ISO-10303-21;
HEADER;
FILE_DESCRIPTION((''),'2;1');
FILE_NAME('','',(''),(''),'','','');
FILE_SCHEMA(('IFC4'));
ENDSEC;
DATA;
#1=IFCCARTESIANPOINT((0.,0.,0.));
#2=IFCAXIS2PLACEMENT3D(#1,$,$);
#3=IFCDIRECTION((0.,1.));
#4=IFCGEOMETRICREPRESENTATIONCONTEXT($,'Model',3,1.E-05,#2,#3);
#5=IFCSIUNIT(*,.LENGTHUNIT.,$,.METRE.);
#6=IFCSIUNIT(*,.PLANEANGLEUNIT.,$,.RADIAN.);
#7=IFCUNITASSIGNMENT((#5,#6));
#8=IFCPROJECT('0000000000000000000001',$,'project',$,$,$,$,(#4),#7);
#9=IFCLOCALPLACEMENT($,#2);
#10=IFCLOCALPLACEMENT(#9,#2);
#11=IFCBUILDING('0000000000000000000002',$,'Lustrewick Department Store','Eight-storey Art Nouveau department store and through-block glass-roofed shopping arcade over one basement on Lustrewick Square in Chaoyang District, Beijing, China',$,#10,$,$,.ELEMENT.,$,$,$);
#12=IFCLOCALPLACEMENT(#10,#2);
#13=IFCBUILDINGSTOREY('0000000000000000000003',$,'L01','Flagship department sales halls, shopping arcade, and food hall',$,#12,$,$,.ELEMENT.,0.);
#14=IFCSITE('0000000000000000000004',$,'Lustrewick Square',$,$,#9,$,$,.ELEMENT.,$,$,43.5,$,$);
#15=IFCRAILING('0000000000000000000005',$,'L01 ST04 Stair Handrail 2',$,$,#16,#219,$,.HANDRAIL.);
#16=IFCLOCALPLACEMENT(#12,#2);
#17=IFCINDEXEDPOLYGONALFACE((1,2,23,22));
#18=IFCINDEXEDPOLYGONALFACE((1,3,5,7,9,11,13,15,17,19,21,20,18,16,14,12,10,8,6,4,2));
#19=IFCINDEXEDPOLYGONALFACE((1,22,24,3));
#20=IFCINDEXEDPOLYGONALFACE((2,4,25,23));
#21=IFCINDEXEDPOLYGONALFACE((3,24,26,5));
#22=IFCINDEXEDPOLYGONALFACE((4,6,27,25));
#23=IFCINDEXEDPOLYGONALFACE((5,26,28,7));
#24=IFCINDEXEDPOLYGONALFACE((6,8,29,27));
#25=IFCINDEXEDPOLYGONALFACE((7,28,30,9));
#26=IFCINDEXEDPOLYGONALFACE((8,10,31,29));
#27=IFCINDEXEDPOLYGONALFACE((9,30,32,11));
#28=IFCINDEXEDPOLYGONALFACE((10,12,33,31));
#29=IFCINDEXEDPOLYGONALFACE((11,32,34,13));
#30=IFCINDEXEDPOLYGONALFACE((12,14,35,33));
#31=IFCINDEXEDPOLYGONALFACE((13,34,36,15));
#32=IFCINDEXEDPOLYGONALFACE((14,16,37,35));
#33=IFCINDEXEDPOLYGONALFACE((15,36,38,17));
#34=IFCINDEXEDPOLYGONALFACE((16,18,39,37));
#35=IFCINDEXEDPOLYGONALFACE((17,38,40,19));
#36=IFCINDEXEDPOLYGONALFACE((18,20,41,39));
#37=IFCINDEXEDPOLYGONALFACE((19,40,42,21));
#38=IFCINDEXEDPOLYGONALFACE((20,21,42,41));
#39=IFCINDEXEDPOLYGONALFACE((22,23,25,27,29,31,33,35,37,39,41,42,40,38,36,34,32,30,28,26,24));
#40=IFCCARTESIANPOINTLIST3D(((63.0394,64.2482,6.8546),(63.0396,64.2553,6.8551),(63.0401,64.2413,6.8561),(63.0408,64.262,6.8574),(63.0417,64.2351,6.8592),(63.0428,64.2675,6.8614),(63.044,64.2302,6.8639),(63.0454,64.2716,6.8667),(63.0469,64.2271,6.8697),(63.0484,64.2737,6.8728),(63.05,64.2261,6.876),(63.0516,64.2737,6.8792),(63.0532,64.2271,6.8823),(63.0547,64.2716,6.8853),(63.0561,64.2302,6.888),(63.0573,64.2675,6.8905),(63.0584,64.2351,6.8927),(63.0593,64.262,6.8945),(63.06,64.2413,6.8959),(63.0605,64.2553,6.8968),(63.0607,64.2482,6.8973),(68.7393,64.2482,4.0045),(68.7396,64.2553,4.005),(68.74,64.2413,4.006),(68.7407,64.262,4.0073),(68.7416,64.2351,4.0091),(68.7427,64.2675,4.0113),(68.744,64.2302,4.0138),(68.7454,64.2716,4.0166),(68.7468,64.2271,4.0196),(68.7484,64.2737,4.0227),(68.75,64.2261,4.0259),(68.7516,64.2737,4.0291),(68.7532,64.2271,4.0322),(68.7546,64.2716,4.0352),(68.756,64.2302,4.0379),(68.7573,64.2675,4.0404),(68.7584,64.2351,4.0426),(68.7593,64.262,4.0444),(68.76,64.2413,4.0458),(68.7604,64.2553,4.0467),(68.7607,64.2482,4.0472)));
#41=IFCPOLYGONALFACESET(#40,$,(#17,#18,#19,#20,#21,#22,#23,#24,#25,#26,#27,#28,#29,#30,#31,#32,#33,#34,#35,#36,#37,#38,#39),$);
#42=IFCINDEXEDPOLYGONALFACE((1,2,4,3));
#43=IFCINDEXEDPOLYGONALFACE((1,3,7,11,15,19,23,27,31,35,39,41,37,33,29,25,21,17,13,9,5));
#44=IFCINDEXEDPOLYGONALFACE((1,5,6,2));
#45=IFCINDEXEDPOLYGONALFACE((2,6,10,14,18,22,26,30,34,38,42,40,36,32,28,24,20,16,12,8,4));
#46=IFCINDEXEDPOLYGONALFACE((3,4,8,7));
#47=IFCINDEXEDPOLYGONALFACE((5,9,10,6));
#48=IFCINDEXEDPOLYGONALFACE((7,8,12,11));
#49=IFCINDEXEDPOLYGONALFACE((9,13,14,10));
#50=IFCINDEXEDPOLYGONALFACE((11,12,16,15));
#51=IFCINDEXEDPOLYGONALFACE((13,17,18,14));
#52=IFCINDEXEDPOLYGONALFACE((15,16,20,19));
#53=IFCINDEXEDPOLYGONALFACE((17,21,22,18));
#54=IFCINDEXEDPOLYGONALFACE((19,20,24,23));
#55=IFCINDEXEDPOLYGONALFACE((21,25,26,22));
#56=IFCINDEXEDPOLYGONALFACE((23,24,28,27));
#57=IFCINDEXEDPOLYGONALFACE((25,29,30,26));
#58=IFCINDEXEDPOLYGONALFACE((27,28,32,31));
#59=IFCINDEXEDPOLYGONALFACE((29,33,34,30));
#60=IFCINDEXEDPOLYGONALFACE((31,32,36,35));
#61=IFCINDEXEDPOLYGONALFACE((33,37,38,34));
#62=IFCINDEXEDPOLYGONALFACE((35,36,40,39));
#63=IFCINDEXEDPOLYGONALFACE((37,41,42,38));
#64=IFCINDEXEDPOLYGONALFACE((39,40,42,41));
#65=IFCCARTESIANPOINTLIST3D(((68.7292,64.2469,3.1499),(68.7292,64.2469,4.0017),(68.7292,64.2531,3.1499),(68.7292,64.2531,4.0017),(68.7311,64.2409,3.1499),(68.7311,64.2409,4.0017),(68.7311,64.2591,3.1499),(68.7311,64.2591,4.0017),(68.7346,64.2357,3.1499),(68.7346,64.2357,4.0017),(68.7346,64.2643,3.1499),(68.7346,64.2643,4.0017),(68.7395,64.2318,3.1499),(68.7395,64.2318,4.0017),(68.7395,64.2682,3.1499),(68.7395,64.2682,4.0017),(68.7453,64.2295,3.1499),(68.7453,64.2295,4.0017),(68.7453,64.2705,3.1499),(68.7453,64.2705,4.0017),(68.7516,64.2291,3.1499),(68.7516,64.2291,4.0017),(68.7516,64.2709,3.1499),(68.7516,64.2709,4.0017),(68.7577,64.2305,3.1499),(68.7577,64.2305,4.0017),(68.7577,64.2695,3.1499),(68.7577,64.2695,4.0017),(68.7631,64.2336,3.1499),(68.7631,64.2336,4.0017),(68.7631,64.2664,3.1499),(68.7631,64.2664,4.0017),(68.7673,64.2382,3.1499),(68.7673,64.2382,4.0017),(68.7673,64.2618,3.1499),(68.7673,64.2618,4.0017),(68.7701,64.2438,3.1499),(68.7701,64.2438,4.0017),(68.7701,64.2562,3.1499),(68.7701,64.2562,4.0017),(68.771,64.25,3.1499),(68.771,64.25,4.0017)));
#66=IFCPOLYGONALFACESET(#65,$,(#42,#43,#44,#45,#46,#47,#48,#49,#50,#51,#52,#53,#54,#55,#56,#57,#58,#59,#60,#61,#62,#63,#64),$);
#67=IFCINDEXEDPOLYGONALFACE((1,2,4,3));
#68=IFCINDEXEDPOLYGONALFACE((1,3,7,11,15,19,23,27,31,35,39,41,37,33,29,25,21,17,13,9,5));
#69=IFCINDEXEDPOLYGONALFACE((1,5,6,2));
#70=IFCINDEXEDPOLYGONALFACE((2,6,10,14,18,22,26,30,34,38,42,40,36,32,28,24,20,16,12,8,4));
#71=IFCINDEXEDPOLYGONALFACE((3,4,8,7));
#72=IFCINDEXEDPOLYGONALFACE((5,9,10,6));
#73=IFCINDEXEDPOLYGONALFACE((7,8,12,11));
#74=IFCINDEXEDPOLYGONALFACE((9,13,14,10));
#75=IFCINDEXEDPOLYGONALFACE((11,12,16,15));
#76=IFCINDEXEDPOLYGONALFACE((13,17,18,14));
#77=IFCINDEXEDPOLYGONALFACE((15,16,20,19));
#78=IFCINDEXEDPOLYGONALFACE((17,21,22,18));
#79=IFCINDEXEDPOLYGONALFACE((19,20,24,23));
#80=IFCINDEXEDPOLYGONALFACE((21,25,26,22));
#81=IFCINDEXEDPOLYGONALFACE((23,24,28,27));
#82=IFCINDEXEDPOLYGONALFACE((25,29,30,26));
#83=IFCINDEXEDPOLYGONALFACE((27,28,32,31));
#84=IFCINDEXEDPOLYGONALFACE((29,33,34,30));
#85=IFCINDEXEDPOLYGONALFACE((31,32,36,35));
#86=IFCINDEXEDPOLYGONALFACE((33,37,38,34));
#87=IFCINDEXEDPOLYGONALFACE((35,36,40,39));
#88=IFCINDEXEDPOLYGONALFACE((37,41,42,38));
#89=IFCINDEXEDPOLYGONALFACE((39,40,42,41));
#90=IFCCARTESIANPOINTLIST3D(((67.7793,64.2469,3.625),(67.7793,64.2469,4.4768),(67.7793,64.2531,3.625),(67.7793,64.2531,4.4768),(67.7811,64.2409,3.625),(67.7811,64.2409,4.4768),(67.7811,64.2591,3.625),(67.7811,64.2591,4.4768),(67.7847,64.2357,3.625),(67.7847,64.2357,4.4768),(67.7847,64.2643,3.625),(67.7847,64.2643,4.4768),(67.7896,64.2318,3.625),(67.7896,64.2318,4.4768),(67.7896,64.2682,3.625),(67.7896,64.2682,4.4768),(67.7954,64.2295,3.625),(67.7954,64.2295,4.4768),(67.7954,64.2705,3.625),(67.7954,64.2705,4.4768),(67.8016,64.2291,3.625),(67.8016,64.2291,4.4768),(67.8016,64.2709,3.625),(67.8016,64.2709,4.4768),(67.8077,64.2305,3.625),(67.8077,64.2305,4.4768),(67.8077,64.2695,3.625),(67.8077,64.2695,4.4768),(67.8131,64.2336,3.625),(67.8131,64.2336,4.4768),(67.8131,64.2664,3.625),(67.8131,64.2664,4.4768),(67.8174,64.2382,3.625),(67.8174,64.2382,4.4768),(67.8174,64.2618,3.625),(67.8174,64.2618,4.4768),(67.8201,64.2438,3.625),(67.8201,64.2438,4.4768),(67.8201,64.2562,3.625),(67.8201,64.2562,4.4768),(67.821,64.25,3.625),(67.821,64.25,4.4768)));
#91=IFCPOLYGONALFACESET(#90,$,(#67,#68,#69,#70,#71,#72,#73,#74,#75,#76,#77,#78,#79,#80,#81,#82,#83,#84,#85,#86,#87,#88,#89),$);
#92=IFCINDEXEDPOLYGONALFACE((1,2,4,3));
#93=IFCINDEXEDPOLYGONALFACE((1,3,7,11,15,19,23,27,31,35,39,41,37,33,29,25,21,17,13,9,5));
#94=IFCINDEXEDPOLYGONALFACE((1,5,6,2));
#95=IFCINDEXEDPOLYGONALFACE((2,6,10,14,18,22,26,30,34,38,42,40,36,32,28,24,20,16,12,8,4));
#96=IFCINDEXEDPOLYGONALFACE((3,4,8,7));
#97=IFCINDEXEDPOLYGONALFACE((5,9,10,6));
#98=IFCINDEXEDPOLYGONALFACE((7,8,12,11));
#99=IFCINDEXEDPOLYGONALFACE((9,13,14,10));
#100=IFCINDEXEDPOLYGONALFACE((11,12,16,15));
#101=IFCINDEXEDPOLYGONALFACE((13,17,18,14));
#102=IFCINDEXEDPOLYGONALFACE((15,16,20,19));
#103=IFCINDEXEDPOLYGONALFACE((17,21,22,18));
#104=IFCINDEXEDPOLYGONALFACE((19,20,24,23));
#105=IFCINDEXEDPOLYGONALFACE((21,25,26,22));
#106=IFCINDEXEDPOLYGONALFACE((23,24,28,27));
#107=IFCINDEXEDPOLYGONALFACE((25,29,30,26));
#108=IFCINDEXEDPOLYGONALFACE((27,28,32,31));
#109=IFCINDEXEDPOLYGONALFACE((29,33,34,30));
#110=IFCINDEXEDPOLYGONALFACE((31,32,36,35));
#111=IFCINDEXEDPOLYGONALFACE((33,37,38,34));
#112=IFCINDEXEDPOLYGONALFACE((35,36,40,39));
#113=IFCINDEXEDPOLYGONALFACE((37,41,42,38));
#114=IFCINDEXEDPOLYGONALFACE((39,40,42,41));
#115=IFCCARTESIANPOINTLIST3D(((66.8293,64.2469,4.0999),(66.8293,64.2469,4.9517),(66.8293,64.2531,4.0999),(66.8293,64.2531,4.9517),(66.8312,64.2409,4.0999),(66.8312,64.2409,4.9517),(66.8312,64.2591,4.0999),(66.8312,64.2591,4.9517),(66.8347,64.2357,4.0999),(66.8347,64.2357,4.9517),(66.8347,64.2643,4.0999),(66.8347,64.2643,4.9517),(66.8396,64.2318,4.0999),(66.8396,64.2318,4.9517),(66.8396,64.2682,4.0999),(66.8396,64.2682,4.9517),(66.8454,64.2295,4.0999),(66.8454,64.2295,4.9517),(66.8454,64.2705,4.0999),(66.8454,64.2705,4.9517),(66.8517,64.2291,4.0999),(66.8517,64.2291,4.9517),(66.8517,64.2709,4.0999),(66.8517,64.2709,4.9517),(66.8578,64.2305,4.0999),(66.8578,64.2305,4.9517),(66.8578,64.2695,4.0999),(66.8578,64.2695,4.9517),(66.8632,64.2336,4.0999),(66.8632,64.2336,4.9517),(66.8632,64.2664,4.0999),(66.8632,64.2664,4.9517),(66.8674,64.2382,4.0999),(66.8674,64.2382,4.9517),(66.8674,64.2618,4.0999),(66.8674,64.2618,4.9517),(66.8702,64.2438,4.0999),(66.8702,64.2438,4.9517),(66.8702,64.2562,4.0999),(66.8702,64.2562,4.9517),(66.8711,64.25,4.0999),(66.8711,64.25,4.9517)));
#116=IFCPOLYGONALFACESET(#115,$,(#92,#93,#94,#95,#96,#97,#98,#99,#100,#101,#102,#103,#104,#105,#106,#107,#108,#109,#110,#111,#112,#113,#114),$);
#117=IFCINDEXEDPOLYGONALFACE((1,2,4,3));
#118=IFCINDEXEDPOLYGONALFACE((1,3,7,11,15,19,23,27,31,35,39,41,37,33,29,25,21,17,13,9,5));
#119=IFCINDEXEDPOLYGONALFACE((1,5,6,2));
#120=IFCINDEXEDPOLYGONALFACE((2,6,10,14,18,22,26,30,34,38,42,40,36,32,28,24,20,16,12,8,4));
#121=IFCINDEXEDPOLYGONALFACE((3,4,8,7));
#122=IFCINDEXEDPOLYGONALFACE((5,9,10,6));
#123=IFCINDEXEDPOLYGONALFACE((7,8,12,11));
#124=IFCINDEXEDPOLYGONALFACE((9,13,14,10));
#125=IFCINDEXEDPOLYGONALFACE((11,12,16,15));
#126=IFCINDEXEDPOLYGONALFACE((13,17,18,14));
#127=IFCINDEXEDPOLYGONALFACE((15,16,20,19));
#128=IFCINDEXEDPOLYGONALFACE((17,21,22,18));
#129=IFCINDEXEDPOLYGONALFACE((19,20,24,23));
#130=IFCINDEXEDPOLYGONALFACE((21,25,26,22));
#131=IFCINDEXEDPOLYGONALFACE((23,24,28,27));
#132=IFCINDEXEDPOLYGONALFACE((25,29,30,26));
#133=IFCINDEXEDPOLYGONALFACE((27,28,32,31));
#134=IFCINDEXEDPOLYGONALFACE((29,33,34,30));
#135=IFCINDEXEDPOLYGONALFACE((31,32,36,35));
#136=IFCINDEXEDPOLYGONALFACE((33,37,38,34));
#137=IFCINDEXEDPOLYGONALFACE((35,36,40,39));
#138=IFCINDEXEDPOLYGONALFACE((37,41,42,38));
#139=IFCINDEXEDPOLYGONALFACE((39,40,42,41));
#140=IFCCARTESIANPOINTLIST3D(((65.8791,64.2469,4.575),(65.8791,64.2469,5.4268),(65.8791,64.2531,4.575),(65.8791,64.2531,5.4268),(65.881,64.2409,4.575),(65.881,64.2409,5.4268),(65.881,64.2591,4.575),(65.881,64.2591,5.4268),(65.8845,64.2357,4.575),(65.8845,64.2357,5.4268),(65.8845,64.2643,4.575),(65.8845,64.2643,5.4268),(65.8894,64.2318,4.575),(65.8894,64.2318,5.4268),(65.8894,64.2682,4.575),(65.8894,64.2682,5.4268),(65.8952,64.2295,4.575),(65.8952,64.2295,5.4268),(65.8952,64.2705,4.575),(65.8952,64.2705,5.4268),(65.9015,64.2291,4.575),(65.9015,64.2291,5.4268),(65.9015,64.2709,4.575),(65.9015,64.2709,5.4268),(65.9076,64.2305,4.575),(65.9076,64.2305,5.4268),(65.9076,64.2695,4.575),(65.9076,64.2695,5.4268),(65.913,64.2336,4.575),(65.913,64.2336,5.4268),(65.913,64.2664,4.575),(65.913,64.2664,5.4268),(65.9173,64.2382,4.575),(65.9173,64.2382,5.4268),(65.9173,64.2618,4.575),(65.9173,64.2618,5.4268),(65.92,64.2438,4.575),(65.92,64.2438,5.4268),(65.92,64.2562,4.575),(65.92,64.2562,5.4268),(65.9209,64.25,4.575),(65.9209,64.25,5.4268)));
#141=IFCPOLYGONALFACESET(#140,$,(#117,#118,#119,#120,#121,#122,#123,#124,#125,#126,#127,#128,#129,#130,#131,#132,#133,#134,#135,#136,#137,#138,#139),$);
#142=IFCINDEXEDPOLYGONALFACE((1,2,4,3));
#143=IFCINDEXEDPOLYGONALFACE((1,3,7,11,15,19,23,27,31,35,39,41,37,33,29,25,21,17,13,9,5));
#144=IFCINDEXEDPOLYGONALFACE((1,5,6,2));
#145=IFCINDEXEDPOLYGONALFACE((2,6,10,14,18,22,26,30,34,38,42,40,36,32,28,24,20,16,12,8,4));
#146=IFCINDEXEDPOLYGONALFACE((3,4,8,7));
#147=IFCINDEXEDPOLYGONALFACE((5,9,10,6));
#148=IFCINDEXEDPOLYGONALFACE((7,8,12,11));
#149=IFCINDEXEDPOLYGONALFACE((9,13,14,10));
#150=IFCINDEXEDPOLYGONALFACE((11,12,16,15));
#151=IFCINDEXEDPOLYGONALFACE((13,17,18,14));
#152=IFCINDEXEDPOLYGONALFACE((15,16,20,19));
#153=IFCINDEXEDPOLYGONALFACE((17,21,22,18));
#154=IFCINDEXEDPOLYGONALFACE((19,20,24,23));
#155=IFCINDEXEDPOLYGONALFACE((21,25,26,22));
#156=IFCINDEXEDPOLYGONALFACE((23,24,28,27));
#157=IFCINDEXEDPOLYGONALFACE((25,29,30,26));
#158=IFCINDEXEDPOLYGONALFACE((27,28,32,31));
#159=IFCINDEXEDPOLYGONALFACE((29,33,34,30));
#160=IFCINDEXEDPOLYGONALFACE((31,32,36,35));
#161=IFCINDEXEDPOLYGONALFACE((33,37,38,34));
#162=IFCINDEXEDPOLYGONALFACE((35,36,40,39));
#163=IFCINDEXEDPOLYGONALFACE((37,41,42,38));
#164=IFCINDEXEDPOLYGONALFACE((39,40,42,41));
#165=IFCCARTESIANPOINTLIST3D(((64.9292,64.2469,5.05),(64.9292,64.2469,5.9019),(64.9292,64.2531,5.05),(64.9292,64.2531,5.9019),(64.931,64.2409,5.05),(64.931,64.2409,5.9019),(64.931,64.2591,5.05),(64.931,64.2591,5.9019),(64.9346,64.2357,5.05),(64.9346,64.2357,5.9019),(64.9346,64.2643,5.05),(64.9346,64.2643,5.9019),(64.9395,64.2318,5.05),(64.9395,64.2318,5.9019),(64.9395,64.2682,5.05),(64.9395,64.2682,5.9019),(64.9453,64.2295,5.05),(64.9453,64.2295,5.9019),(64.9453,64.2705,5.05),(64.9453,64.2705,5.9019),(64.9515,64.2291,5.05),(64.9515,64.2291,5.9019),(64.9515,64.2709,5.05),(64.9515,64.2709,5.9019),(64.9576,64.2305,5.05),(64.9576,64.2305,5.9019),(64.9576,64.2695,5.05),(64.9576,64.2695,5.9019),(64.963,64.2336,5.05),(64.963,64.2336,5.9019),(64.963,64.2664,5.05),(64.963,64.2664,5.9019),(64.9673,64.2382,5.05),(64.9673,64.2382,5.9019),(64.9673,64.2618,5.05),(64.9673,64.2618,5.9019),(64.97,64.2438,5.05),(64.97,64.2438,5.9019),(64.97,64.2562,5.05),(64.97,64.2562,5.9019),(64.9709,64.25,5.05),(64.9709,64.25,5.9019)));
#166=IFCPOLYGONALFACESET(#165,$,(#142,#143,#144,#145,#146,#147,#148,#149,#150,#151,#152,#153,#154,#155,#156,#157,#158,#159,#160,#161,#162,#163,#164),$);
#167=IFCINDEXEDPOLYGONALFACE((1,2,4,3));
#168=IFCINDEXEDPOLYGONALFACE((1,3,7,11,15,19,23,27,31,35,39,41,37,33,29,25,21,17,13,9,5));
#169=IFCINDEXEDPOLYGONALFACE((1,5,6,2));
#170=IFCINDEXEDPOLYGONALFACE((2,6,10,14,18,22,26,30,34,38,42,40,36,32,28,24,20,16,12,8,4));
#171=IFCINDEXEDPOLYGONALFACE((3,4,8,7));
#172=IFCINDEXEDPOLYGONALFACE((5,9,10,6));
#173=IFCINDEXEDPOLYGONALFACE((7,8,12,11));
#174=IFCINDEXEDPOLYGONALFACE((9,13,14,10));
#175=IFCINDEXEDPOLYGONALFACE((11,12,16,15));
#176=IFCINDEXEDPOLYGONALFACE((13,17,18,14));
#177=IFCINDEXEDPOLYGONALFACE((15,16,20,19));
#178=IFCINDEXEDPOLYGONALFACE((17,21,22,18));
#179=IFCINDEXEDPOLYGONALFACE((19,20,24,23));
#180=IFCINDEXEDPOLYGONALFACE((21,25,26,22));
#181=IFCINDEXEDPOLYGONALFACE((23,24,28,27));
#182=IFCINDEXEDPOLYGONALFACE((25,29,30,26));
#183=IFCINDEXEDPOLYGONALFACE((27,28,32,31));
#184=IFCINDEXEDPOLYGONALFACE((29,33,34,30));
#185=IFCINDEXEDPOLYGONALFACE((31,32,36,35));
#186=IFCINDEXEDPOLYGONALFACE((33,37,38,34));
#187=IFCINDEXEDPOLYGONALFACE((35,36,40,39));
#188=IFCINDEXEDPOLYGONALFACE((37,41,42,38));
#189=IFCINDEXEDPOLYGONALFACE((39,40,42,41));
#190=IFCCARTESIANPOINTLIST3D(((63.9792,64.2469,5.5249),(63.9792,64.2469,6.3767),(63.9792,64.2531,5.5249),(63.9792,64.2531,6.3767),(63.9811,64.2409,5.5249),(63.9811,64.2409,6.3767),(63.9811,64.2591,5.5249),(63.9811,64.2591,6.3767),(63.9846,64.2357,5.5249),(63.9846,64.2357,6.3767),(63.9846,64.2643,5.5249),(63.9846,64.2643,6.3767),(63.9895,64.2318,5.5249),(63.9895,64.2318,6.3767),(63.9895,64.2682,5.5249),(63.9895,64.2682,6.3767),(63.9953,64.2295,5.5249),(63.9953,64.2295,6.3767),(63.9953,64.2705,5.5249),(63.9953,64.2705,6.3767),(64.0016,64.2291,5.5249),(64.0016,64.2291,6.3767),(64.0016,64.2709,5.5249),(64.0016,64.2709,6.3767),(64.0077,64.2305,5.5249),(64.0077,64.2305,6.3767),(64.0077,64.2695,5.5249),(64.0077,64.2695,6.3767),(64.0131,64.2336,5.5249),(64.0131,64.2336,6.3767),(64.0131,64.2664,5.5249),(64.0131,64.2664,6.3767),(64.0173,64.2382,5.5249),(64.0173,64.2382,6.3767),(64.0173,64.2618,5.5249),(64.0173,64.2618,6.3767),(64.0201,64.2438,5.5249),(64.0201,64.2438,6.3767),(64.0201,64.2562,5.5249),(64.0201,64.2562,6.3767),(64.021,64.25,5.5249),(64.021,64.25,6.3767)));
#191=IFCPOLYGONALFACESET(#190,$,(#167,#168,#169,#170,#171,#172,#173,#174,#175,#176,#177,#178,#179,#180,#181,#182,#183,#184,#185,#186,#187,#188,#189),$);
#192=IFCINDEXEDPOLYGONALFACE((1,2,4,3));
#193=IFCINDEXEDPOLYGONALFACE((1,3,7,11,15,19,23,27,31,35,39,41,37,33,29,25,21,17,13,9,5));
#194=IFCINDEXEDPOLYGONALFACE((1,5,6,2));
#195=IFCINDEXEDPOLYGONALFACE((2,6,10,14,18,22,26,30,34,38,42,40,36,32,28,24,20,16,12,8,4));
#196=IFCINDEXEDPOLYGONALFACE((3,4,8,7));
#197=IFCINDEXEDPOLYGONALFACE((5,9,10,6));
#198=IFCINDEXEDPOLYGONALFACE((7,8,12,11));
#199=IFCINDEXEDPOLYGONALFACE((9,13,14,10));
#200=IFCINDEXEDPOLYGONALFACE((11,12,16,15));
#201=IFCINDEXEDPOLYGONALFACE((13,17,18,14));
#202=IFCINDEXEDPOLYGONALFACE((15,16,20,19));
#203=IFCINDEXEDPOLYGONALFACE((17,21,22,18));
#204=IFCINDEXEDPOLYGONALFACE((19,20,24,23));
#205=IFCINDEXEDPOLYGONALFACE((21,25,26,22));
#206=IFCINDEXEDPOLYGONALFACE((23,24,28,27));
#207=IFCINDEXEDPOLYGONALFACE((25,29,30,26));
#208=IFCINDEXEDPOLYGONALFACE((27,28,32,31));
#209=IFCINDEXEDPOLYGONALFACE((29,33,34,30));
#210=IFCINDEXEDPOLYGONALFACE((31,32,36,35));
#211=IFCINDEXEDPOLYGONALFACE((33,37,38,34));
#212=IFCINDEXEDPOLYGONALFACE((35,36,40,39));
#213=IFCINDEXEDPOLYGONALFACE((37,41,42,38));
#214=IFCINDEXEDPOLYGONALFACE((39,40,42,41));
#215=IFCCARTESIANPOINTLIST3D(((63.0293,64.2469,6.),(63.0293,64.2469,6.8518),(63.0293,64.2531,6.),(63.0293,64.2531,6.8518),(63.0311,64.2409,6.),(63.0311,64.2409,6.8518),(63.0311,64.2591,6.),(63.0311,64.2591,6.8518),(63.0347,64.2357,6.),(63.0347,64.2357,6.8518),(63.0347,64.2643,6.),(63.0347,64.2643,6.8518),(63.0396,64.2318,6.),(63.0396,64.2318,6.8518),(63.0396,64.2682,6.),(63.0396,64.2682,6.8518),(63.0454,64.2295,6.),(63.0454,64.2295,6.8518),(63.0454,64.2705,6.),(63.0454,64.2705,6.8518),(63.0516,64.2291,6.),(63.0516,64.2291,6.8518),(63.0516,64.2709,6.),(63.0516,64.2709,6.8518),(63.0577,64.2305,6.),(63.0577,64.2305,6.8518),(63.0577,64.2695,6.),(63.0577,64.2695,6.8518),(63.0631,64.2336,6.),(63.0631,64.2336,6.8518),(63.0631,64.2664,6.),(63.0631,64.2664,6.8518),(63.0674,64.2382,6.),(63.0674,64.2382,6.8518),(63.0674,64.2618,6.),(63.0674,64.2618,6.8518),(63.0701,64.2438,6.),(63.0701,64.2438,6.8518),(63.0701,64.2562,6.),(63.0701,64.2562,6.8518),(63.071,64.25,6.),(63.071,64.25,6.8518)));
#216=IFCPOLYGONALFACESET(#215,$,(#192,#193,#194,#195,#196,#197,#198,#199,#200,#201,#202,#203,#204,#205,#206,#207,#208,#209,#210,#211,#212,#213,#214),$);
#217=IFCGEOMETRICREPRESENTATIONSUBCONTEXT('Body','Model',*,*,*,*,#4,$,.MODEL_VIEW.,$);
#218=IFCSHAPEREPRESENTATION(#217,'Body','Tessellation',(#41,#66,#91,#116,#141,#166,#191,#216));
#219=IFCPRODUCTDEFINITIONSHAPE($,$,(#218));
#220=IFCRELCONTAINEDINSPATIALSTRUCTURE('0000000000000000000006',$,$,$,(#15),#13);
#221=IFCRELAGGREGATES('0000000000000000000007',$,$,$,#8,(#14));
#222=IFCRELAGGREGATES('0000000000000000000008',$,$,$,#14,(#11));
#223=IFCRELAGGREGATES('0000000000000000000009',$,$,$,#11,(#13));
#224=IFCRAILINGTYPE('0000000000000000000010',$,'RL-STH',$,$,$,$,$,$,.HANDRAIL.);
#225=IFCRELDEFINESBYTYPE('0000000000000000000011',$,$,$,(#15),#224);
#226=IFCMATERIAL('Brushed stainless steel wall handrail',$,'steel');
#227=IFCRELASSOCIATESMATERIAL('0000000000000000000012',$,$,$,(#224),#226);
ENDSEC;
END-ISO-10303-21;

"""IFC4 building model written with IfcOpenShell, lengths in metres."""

from ifc_helpers import new_model, si_unit, direction, frame, origin, origin_2d, place, context, subcontext, project, spatial, circle, extrude, material, type_object, element, save


model = new_model("IFC4")

# Units and contexts
model_context = context("Model", 3, precision=1e-05, world=origin(), true_north=direction((0.0, 1.0)))
body_context = subcontext(model_context, "Body", "Model", "MODEL_VIEW")
ifc_project = project(units=[si_unit("LENGTHUNIT", "METRE"), si_unit("PLANEANGLEUNIT", "RADIAN")], contexts=[model_context])

# Site, building, storey
site_placement = place(None, origin())
site = spatial("IfcSite", under=ifc_project, at=site_placement, Name="Lustrewick Square", CompositionType="ELEMENT", RefElevation=43.5)
building_placement = place(site_placement, origin())
building = spatial("IfcBuilding", under=site, at=building_placement, Name="Lustrewick Department Store", Description="Eight-storey Art Nouveau department store and through-block glass-roofed shopping arcade over one basement on Lustrewick Square in Chaoyang District, Beijing, China", CompositionType="ELEMENT")
storey_placement = place(building_placement, origin())
storey = spatial("IfcBuildingStorey", under=building, at=storey_placement, Name="L01", Description="Flagship department sales halls, shopping arcade, and food hall", CompositionType="ELEMENT", Elevation=0.0)

# Railing
ifc_material_1 = material(Name="Brushed stainless steel wall handrail", Category="steel")
railing_type_1 = type_object("IfcRailingType", Name="RL-STH", PredefinedType="HANDRAIL", material=ifc_material_1)
railing_1_placement = place(storey_placement, frame((68.75, 64.25, 3.1499)))
element("IfcRailing", 1, at=railing_1_placement, inside=storey, type_object=railing_type_1, Name="L01 ST04 Stair Handrail 2", PredefinedType="HANDRAIL", context=body_context, shape_type="SweptSolid", body=[
    extrude(circle(Radius=0.0239, at=origin_2d()), frame((0.0, 0.0, 0.876), z_axis=(-0.89442, 0.0, 0.447229), x_axis=(0.0, -1.0, 0.0)), (0.0, 0.0, 1.0), 6.3728),
    extrude(circle(Radius=0.021, at=origin_2d()), origin(), (0.0, 0.0, 1.0), 0.8518),
    extrude(circle(Radius=0.021, at=origin_2d()), frame((-0.95, 0.0, 0.4751)), (0.0, 0.0, 1.0), 0.8518),
    extrude(circle(Radius=0.021, at=origin_2d()), frame((-1.8999, 0.0, 0.95)), (0.0, 0.0, 1.0), 0.8518),
    extrude(circle(Radius=0.021, at=origin_2d()), frame((-2.8501, 0.0, 1.425)), (0.0, 0.0, 1.0), 0.8518),
    extrude(circle(Radius=0.021, at=origin_2d()), frame((-3.8, 0.0, 1.9001)), (0.0, 0.0, 1.0), 0.8518),
    extrude(circle(Radius=0.021, at=origin_2d()), frame((-4.75, 0.0, 2.375)), (0.0, 0.0, 1.0), 0.8518),
    extrude(circle(Radius=0.021, at=origin_2d()), frame((-5.7, 0.0, 2.8501)), (0.0, 0.0, 1.0), 0.8518),
])

save(model, "model.ifc")
